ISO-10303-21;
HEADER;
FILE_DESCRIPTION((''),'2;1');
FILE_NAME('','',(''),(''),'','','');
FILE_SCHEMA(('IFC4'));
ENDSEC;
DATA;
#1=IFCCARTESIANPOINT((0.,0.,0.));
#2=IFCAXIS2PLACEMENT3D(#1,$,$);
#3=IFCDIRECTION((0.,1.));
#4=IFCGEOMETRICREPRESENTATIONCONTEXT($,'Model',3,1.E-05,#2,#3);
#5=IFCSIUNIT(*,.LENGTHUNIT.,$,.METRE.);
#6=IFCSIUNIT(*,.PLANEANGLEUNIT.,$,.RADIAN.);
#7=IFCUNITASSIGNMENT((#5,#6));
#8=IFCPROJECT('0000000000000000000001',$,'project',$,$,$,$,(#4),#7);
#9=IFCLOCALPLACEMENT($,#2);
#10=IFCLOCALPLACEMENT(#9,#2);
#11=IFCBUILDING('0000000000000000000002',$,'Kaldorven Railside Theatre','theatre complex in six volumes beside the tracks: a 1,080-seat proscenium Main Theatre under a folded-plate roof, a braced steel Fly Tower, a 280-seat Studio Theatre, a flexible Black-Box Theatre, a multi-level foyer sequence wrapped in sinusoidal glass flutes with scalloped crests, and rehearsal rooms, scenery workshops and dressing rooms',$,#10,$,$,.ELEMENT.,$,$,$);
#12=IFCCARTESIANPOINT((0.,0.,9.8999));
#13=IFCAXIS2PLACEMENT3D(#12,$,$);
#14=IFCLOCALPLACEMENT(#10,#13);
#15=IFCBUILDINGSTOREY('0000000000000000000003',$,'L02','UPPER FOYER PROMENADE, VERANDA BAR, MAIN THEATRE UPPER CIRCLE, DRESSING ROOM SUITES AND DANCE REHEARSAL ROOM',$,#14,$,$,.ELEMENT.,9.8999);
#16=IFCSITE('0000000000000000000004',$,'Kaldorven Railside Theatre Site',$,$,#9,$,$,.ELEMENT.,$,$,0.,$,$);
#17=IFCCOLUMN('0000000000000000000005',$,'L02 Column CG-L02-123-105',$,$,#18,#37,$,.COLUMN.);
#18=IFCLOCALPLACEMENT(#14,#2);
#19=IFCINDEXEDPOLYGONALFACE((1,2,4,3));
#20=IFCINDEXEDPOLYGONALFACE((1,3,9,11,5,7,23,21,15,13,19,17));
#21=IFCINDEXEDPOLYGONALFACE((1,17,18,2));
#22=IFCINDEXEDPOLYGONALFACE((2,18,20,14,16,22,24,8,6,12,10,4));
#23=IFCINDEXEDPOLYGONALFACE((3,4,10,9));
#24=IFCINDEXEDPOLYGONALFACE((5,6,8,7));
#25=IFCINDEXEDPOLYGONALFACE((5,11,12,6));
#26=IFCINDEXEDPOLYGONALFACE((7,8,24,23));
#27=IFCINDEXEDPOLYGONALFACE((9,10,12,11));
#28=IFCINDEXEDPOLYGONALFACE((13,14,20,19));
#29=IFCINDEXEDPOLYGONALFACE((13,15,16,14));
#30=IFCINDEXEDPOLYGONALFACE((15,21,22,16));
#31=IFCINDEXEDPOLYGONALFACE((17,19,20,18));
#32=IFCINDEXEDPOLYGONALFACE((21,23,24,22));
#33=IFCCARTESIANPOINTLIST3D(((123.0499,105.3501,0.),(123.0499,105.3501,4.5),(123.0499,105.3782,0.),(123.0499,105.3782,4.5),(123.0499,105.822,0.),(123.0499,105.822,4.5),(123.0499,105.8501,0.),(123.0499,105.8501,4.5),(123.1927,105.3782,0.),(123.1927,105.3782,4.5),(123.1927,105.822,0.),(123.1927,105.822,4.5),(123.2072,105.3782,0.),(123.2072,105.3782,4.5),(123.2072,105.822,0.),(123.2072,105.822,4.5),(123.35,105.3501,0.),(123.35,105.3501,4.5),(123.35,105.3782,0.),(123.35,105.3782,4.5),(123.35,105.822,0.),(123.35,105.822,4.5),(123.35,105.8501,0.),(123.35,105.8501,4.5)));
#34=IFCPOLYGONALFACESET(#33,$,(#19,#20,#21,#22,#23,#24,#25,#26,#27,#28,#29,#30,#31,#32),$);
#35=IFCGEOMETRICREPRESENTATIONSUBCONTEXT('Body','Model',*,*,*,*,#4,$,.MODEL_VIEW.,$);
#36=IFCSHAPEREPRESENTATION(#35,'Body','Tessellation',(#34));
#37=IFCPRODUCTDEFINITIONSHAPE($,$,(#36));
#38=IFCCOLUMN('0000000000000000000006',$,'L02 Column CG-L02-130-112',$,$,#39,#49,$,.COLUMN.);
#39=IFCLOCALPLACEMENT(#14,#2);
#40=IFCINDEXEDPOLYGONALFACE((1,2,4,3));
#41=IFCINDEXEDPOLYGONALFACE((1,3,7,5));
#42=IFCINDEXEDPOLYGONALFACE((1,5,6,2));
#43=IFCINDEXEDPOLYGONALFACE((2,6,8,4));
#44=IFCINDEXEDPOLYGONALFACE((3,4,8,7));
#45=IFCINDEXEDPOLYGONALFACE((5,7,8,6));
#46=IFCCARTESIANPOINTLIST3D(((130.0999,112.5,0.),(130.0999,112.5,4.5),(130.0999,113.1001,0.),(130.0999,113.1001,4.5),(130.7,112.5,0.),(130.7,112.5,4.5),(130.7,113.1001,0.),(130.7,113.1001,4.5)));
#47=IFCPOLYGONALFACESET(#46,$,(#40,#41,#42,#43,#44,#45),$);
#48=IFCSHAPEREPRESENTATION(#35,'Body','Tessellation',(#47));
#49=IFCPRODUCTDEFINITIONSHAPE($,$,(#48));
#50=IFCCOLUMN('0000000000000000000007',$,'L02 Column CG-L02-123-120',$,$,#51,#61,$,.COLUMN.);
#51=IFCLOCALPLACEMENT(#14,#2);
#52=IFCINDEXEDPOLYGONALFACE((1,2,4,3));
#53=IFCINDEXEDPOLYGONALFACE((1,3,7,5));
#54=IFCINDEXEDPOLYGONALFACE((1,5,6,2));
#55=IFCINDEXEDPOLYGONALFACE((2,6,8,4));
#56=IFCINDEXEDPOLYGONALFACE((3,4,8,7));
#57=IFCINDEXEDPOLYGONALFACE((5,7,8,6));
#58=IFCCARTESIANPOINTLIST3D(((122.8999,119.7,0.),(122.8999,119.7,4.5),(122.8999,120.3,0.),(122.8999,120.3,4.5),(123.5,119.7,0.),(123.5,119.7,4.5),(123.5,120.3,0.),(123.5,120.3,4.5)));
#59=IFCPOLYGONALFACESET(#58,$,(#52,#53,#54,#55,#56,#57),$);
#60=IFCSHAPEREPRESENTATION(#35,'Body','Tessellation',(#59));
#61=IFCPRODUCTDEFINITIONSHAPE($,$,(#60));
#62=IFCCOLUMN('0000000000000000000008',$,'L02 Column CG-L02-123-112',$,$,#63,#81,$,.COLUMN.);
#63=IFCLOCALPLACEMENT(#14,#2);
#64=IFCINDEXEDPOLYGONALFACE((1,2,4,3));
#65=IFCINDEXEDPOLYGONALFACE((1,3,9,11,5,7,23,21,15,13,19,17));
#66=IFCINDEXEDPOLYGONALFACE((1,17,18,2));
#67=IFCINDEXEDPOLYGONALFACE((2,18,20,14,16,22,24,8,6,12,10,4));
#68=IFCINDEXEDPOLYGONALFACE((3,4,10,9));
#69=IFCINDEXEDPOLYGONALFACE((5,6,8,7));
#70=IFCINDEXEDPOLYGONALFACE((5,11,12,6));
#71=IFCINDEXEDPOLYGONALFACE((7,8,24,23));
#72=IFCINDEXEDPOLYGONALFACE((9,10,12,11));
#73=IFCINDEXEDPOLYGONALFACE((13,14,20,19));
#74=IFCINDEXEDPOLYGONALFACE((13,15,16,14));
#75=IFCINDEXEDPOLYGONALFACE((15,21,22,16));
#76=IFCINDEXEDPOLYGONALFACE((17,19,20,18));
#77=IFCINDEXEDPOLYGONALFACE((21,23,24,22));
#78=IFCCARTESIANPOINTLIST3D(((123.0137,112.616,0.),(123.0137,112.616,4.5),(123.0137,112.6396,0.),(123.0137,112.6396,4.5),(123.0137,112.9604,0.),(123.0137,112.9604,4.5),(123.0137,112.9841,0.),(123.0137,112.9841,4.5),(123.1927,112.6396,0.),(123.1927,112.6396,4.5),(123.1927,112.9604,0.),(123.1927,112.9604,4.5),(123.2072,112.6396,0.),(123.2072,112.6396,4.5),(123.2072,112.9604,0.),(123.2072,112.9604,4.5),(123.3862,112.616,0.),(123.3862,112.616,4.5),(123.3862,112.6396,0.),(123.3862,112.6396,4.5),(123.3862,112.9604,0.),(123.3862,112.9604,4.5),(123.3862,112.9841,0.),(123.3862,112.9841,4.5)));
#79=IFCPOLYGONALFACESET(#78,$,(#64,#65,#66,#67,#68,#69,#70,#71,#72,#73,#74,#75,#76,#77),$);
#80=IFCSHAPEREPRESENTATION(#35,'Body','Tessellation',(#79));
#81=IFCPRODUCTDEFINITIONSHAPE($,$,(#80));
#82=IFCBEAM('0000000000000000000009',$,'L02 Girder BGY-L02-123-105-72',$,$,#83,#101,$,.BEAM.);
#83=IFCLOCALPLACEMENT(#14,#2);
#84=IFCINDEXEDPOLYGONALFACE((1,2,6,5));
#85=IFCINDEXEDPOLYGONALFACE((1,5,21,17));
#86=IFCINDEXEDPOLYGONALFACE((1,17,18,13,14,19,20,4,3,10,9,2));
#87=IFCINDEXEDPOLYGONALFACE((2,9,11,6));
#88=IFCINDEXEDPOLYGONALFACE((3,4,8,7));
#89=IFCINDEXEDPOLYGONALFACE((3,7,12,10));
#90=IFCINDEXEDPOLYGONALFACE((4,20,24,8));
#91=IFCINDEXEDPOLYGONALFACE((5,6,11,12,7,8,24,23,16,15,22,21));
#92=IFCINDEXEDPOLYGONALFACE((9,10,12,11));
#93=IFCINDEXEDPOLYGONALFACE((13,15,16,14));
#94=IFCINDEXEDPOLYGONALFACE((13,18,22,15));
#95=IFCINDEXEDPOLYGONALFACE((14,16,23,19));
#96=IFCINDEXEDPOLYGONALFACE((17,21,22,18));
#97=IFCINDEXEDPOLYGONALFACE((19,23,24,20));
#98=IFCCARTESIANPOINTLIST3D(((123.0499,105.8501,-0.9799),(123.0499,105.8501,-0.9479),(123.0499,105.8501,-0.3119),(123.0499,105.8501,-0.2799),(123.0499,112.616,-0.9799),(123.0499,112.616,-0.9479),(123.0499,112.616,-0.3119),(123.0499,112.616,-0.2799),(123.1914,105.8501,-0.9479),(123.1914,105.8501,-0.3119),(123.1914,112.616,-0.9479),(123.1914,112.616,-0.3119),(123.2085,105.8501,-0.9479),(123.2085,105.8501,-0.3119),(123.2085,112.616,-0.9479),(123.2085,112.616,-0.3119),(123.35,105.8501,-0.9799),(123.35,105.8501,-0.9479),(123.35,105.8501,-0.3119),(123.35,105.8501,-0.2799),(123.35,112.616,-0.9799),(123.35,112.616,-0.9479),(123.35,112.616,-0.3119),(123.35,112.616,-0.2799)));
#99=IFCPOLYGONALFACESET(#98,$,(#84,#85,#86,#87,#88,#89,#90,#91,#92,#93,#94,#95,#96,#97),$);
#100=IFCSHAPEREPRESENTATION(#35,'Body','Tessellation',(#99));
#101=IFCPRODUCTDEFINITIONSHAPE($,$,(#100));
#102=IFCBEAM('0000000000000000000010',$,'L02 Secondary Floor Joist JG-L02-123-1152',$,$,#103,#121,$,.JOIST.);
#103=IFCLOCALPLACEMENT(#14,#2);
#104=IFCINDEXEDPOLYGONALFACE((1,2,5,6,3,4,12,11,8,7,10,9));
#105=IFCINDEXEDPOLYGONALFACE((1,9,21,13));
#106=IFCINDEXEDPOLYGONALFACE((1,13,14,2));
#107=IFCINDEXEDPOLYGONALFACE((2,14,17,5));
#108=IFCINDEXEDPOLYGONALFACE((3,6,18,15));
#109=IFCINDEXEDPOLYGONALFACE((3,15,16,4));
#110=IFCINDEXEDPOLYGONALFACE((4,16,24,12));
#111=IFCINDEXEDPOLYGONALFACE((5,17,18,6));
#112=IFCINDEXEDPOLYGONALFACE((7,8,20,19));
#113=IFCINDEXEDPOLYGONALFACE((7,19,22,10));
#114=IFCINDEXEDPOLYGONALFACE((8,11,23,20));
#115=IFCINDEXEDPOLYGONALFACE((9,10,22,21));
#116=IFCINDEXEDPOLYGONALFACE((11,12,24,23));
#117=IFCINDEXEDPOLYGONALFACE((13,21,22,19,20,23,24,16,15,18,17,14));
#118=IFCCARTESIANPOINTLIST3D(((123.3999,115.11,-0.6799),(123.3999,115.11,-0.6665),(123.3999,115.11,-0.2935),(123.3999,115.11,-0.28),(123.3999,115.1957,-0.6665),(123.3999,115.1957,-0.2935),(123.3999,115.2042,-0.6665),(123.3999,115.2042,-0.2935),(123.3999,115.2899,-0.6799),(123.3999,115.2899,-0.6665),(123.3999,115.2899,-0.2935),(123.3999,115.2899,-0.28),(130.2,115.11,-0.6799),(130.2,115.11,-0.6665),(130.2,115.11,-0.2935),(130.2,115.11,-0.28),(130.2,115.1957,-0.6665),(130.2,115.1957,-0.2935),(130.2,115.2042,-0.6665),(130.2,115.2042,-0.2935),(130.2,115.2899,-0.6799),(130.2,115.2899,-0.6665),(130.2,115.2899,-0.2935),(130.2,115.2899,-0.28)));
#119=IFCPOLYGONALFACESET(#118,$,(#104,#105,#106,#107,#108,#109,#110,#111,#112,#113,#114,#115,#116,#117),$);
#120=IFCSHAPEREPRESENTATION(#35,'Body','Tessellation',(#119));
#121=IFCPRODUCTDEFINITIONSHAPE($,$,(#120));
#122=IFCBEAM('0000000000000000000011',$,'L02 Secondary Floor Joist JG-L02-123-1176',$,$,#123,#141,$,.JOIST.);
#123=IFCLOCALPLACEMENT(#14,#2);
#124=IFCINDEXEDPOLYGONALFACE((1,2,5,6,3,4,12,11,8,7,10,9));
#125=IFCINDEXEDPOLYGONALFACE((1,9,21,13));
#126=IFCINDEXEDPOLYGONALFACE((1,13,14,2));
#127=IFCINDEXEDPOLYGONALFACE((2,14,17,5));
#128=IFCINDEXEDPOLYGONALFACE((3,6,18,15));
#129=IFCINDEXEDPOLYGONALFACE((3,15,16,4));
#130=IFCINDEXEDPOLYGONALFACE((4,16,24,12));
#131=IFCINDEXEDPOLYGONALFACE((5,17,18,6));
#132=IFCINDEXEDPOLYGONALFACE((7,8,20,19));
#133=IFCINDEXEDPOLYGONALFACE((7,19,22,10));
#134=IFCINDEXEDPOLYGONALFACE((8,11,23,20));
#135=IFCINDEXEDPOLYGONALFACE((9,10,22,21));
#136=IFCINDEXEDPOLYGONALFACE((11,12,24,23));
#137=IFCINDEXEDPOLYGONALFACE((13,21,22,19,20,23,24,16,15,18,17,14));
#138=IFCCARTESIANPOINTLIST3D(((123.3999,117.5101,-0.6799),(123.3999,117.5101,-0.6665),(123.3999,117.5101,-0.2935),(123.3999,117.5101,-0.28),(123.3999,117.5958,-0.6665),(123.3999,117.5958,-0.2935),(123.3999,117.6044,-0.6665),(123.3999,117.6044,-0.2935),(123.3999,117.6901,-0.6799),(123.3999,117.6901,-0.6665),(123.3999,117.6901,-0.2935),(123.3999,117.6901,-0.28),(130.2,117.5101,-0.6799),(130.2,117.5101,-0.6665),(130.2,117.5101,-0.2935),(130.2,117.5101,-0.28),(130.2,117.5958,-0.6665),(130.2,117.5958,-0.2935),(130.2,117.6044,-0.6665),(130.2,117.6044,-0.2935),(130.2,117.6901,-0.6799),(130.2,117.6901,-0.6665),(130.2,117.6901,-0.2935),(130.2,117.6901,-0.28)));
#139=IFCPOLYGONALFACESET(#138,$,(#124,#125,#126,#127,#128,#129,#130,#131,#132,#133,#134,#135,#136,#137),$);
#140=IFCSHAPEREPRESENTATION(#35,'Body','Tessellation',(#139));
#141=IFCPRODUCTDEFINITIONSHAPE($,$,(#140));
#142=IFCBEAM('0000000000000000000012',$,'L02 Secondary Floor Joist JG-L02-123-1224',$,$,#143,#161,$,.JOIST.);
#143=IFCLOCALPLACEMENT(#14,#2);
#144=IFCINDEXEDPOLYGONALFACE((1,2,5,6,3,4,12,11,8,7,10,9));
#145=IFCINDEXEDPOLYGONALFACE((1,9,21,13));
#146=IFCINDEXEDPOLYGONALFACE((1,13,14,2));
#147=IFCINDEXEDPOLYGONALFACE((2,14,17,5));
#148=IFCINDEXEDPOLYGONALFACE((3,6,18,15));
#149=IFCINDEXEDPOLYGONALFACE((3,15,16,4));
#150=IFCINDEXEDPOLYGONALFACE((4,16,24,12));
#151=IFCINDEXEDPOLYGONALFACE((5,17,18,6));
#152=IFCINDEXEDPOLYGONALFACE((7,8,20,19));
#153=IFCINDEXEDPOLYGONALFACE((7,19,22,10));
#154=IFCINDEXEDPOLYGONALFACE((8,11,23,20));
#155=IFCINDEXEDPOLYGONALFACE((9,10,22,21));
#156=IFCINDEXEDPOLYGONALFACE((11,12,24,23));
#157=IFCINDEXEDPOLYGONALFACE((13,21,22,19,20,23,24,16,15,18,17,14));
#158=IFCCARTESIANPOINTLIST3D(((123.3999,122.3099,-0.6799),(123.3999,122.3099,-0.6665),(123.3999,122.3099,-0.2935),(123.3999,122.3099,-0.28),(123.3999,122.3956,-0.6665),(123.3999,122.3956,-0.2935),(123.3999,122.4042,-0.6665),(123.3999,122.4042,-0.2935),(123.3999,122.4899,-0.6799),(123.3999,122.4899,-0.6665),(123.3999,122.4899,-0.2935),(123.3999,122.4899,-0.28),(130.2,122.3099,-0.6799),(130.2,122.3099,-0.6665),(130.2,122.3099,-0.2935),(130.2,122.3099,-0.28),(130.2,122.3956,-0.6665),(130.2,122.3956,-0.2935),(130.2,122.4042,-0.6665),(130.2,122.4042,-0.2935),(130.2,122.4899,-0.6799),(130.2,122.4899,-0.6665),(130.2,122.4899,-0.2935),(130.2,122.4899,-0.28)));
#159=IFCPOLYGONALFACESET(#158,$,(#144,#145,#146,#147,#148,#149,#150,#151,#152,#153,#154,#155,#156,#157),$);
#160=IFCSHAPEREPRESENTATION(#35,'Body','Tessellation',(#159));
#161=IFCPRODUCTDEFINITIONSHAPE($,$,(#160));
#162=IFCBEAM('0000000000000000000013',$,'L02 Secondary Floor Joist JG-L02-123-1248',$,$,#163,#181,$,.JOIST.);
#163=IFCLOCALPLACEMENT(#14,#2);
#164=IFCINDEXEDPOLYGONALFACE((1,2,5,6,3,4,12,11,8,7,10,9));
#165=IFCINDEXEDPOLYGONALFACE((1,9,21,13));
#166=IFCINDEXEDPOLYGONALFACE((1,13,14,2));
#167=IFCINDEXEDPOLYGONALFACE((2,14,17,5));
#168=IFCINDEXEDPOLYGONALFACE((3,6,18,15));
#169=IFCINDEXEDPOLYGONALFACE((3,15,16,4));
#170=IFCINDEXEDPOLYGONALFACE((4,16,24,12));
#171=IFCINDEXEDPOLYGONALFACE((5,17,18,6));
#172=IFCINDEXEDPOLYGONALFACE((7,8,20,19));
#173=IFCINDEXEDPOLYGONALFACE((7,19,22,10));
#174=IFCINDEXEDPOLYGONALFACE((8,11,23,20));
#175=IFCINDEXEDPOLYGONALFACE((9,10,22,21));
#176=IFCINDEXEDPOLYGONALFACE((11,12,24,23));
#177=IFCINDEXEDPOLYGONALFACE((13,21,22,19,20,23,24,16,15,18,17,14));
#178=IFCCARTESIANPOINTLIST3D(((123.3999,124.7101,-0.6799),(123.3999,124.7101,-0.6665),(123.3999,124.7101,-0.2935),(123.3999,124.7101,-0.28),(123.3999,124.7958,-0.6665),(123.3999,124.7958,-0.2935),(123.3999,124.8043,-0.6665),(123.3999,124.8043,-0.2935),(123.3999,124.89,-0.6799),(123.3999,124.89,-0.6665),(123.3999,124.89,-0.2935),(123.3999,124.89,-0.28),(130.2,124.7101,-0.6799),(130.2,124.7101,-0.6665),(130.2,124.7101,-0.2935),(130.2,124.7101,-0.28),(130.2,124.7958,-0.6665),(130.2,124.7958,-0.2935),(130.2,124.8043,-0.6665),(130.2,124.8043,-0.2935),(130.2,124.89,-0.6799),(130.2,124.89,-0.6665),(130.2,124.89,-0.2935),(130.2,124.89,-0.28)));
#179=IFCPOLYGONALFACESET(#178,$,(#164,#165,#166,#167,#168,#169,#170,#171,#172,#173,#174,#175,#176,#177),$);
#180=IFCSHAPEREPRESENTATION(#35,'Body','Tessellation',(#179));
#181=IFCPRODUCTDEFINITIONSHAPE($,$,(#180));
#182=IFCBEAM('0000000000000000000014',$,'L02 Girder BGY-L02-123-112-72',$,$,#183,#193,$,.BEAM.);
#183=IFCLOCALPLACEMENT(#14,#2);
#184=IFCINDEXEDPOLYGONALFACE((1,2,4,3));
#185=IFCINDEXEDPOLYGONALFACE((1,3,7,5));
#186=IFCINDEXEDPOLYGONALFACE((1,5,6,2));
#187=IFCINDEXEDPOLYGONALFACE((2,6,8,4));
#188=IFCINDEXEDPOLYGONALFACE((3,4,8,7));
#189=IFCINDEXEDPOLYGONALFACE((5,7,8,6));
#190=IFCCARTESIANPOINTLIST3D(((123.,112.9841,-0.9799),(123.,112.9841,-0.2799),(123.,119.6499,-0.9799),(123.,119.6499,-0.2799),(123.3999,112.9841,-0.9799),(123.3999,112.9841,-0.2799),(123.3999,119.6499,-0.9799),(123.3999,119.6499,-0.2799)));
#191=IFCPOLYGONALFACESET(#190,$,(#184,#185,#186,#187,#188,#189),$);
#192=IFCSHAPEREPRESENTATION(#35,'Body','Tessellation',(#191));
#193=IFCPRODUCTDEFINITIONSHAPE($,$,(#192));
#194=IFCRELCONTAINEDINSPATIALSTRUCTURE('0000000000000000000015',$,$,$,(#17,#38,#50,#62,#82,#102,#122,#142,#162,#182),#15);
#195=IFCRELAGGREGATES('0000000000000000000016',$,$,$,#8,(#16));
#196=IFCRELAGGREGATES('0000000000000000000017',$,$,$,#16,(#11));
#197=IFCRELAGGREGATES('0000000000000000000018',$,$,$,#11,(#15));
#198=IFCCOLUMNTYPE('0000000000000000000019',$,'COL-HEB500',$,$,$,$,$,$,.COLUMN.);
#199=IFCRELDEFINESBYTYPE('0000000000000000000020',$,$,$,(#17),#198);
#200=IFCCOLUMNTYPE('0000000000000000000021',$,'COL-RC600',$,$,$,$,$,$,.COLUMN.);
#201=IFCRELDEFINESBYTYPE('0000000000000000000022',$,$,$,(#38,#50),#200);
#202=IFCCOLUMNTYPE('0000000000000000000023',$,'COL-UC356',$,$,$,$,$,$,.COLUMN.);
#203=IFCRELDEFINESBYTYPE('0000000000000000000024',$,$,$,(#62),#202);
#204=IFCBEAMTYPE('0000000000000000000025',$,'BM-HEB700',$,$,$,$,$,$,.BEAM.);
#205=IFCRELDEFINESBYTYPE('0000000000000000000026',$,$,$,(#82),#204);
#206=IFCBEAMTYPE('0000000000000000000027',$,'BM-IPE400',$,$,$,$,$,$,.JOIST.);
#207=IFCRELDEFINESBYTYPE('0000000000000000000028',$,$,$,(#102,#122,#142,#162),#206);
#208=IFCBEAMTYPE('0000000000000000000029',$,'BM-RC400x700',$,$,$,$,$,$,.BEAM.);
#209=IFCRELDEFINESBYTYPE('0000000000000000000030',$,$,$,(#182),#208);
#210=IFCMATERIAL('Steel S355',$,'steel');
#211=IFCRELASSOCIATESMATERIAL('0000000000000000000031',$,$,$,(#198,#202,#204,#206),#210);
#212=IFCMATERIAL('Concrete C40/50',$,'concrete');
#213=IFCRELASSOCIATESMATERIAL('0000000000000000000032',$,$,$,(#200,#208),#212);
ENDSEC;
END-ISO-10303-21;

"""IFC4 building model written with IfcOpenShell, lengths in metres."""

from ifc_helpers import new_model, si_unit, direction, frame, origin, origin_2d, place, context, subcontext, project, spatial, rectangle, i_section, extrude, material, material_profile, profile_set, type_object, element, save


model = new_model("IFC4")

# Units and contexts
model_context = context("Model", 3, precision=1e-05, world=origin(), true_north=direction((0.0, 1.0)))
body_context = subcontext(model_context, "Body", "Model", "MODEL_VIEW")
ifc_project = project(units=[si_unit("LENGTHUNIT", "METRE"), si_unit("PLANEANGLEUNIT", "RADIAN")], contexts=[model_context])

# Site, building, storey
site_placement = place(None, origin())
site = spatial("IfcSite", under=ifc_project, at=site_placement, Name="Kaldorven Railside Theatre Site", CompositionType="ELEMENT", RefElevation=0.0)
building_placement = place(site_placement, origin())
building = spatial("IfcBuilding", under=site, at=building_placement, Name="Kaldorven Railside Theatre", Description="theatre complex in six volumes beside the tracks: a 1,080-seat proscenium Main Theatre under a folded-plate roof, a braced steel Fly Tower, a 280-seat Studio Theatre, a flexible Black-Box Theatre, a multi-level foyer sequence wrapped in sinusoidal glass flutes with scalloped crests, and rehearsal rooms, scenery workshops and dressing rooms", CompositionType="ELEMENT")
storey_placement = place(building_placement, frame((0.0, 0.0, 9.8999)))
storey = spatial("IfcBuildingStorey", under=building, at=storey_placement, Name="L02", Description="UPPER FOYER PROMENADE, VERANDA BAR, MAIN THEATRE UPPER CIRCLE, DRESSING ROOM SUITES AND DANCE REHEARSAL ROOM", CompositionType="ELEMENT", Elevation=9.8999)

# Columns
ifc_material_1 = material(Name="Steel S355", Category="steel")
ifc_material_profile_1 = material_profile(ifc_material_1, i_section(OverallWidth=0.3, OverallDepth=0.5, WebThickness=0.0144, FlangeThickness=0.0281, at=origin_2d()), Name="HEB 500")
ifc_profile_set_1 = profile_set([ifc_material_profile_1], Name="Steel S355")
column_type_1 = type_object("IfcColumnType", Name="COL-HEB500", PredefinedType="COLUMN", material=ifc_profile_set_1)
column_1_placement = place(storey_placement, frame((123.2, 105.6001, 0.0), z_axis=(0.0, 0.0, 1.0), x_axis=(1.0, 0.0, 0.0)))
element("IfcColumn", 1, at=column_1_placement, inside=storey, type_object=column_type_1, Name="L02 Column CG-L02-123-105", PredefinedType="COLUMN", context=body_context, shape_type="SweptSolid", body=[
    extrude(i_section(OverallWidth=0.3, OverallDepth=0.5, WebThickness=0.0144, FlangeThickness=0.0281, at=origin_2d()), origin(), (0.0, 0.0, 1.0), 4.5),
])
ifc_material_2 = material(Name="Concrete C40/50", Category="concrete")
ifc_material_profile_2 = material_profile(ifc_material_2, rectangle(XDim=0.6001, YDim=0.6001, at=origin_2d()), Name="RC 600x600")
ifc_profile_set_2 = profile_set([ifc_material_profile_2], Name="Concrete C40/50")
column_type_2 = type_object("IfcColumnType", Name="COL-RC600", PredefinedType="COLUMN", material=ifc_profile_set_2)
for number, where, z_axis, x_axis, name in (
    (2, (130.3999, 112.8, 0.0), (0.0, 0.0, 1.0), (0.0, 1.0, 0.0), "L02 Column CG-L02-130-112"),
    (3, (123.2, 120.0, 0.0), (0.0, 0.0, 1.0), (0.0, 1.0, 0.0), "L02 Column CG-L02-123-120"),
):
    element("IfcColumn", number, at=place(storey_placement, frame(where, z_axis=z_axis, x_axis=x_axis)), inside=storey, type_object=column_type_2, Name=name, PredefinedType="COLUMN", context=body_context, shape_type="SweptSolid", body=[
        extrude(rectangle(XDim=0.6001, YDim=0.6001, at=origin_2d()), origin(), (0.0, 0.0, 1.0), 4.5),
    ])
ifc_material_profile_3 = material_profile(ifc_material_1, i_section(OverallWidth=0.3726, OverallDepth=0.3682, WebThickness=0.0144, FlangeThickness=0.0237, at=origin_2d()), Name="UC 356x368x177")
ifc_profile_set_3 = profile_set([ifc_material_profile_3], Name="Steel S355")
column_type_3 = type_object("IfcColumnType", Name="COL-UC356", PredefinedType="COLUMN", material=ifc_profile_set_3)
column_2_placement = place(storey_placement, frame((123.2, 112.8, 0.0), z_axis=(0.0, 0.0, 1.0), x_axis=(1.0, 0.0, 0.0)))
element("IfcColumn", 4, at=column_2_placement, inside=storey, type_object=column_type_3, Name="L02 Column CG-L02-123-112", PredefinedType="COLUMN", context=body_context, shape_type="SweptSolid", body=[
    extrude(i_section(OverallWidth=0.3726, OverallDepth=0.3682, WebThickness=0.0144, FlangeThickness=0.0237, at=origin_2d()), origin(), (0.0, 0.0, 1.0), 4.5),
])

# Beams
ifc_material_profile_4 = material_profile(ifc_material_1, i_section(OverallWidth=0.3, OverallDepth=0.7, WebThickness=0.0171, FlangeThickness=0.032, at=origin_2d()), Name="HEB 700")
ifc_profile_set_4 = profile_set([ifc_material_profile_4], Name="Steel S355")
beam_type_1 = type_object("IfcBeamType", Name="BM-HEB700", PredefinedType="BEAM", material=ifc_profile_set_4)
beam_1_placement = place(storey_placement, frame((123.2, 105.8501, -0.6299), z_axis=(0.0, 1.0, 0.0), x_axis=(-1.0, 0.0, 0.0)))
element("IfcBeam", 5, at=beam_1_placement, inside=storey, type_object=beam_type_1, Name="L02 Girder BGY-L02-123-105-72", PredefinedType="BEAM", context=body_context, shape_type="SweptSolid", body=[
    extrude(i_section(OverallWidth=0.3, OverallDepth=0.7, WebThickness=0.0171, FlangeThickness=0.032, at=origin_2d()), origin(), (0.0, 0.0, 1.0), 6.7659),
])
ifc_material_profile_5 = material_profile(ifc_material_1, i_section(OverallWidth=0.1799, OverallDepth=0.3999, WebThickness=0.0085, FlangeThickness=0.0134, at=origin_2d()), Name="IPE 400")
ifc_profile_set_5 = profile_set([ifc_material_profile_5], Name="Steel S355")
beam_type_2 = type_object("IfcBeamType", Name="BM-IPE400", PredefinedType="JOIST", material=ifc_profile_set_5)
for number, where, z_axis, x_axis, name in (
    (6, (123.3999, 115.2, -0.48), (1.0, 0.0, 0.0), (0.0, 1.0, 0.0), "L02 Secondary Floor Joist JG-L02-123-1152"),
    (7, (123.3999, 117.6001, -0.48), (1.0, 0.0, 0.0), (0.0, 1.0, 0.0), "L02 Secondary Floor Joist JG-L02-123-1176"),
    (8, (123.3999, 122.3999, -0.48), (1.0, 0.0, 0.0), (0.0, 1.0, 0.0), "L02 Secondary Floor Joist JG-L02-123-1224"),
    (9, (123.3999, 124.8, -0.48), (1.0, 0.0, 0.0), (0.0, 1.0, 0.0), "L02 Secondary Floor Joist JG-L02-123-1248"),
):
    element("IfcBeam", number, at=place(storey_placement, frame(where, z_axis=z_axis, x_axis=x_axis)), inside=storey, type_object=beam_type_2, Name=name, PredefinedType="JOIST", context=body_context, shape_type="SweptSolid", body=[
        extrude(i_section(OverallWidth=0.1799, OverallDepth=0.3999, WebThickness=0.0085, FlangeThickness=0.0134, at=origin_2d()), origin(), (0.0, 0.0, 1.0), 6.8),
    ])
ifc_material_profile_6 = material_profile(ifc_material_2, rectangle(XDim=0.3999, YDim=0.7, at=origin_2d()), Name="RC 400x700")
ifc_profile_set_6 = profile_set([ifc_material_profile_6], Name="Concrete C40/50")
beam_type_3 = type_object("IfcBeamType", Name="BM-RC400x700", PredefinedType="BEAM", material=ifc_profile_set_6)
beam_2_placement = place(storey_placement, frame((123.2, 112.9841, -0.6299), z_axis=(0.0, 1.0, 0.0), x_axis=(-1.0, 0.0, 0.0)))
element("IfcBeam", 10, at=beam_2_placement, inside=storey, type_object=beam_type_3, Name="L02 Girder BGY-L02-123-112-72", PredefinedType="BEAM", context=body_context, shape_type="SweptSolid", body=[
    extrude(rectangle(XDim=0.3999, YDim=0.7, at=origin_2d()), origin(), (0.0, 0.0, 1.0), 6.6658),
])

save(model, "model.ifc")
